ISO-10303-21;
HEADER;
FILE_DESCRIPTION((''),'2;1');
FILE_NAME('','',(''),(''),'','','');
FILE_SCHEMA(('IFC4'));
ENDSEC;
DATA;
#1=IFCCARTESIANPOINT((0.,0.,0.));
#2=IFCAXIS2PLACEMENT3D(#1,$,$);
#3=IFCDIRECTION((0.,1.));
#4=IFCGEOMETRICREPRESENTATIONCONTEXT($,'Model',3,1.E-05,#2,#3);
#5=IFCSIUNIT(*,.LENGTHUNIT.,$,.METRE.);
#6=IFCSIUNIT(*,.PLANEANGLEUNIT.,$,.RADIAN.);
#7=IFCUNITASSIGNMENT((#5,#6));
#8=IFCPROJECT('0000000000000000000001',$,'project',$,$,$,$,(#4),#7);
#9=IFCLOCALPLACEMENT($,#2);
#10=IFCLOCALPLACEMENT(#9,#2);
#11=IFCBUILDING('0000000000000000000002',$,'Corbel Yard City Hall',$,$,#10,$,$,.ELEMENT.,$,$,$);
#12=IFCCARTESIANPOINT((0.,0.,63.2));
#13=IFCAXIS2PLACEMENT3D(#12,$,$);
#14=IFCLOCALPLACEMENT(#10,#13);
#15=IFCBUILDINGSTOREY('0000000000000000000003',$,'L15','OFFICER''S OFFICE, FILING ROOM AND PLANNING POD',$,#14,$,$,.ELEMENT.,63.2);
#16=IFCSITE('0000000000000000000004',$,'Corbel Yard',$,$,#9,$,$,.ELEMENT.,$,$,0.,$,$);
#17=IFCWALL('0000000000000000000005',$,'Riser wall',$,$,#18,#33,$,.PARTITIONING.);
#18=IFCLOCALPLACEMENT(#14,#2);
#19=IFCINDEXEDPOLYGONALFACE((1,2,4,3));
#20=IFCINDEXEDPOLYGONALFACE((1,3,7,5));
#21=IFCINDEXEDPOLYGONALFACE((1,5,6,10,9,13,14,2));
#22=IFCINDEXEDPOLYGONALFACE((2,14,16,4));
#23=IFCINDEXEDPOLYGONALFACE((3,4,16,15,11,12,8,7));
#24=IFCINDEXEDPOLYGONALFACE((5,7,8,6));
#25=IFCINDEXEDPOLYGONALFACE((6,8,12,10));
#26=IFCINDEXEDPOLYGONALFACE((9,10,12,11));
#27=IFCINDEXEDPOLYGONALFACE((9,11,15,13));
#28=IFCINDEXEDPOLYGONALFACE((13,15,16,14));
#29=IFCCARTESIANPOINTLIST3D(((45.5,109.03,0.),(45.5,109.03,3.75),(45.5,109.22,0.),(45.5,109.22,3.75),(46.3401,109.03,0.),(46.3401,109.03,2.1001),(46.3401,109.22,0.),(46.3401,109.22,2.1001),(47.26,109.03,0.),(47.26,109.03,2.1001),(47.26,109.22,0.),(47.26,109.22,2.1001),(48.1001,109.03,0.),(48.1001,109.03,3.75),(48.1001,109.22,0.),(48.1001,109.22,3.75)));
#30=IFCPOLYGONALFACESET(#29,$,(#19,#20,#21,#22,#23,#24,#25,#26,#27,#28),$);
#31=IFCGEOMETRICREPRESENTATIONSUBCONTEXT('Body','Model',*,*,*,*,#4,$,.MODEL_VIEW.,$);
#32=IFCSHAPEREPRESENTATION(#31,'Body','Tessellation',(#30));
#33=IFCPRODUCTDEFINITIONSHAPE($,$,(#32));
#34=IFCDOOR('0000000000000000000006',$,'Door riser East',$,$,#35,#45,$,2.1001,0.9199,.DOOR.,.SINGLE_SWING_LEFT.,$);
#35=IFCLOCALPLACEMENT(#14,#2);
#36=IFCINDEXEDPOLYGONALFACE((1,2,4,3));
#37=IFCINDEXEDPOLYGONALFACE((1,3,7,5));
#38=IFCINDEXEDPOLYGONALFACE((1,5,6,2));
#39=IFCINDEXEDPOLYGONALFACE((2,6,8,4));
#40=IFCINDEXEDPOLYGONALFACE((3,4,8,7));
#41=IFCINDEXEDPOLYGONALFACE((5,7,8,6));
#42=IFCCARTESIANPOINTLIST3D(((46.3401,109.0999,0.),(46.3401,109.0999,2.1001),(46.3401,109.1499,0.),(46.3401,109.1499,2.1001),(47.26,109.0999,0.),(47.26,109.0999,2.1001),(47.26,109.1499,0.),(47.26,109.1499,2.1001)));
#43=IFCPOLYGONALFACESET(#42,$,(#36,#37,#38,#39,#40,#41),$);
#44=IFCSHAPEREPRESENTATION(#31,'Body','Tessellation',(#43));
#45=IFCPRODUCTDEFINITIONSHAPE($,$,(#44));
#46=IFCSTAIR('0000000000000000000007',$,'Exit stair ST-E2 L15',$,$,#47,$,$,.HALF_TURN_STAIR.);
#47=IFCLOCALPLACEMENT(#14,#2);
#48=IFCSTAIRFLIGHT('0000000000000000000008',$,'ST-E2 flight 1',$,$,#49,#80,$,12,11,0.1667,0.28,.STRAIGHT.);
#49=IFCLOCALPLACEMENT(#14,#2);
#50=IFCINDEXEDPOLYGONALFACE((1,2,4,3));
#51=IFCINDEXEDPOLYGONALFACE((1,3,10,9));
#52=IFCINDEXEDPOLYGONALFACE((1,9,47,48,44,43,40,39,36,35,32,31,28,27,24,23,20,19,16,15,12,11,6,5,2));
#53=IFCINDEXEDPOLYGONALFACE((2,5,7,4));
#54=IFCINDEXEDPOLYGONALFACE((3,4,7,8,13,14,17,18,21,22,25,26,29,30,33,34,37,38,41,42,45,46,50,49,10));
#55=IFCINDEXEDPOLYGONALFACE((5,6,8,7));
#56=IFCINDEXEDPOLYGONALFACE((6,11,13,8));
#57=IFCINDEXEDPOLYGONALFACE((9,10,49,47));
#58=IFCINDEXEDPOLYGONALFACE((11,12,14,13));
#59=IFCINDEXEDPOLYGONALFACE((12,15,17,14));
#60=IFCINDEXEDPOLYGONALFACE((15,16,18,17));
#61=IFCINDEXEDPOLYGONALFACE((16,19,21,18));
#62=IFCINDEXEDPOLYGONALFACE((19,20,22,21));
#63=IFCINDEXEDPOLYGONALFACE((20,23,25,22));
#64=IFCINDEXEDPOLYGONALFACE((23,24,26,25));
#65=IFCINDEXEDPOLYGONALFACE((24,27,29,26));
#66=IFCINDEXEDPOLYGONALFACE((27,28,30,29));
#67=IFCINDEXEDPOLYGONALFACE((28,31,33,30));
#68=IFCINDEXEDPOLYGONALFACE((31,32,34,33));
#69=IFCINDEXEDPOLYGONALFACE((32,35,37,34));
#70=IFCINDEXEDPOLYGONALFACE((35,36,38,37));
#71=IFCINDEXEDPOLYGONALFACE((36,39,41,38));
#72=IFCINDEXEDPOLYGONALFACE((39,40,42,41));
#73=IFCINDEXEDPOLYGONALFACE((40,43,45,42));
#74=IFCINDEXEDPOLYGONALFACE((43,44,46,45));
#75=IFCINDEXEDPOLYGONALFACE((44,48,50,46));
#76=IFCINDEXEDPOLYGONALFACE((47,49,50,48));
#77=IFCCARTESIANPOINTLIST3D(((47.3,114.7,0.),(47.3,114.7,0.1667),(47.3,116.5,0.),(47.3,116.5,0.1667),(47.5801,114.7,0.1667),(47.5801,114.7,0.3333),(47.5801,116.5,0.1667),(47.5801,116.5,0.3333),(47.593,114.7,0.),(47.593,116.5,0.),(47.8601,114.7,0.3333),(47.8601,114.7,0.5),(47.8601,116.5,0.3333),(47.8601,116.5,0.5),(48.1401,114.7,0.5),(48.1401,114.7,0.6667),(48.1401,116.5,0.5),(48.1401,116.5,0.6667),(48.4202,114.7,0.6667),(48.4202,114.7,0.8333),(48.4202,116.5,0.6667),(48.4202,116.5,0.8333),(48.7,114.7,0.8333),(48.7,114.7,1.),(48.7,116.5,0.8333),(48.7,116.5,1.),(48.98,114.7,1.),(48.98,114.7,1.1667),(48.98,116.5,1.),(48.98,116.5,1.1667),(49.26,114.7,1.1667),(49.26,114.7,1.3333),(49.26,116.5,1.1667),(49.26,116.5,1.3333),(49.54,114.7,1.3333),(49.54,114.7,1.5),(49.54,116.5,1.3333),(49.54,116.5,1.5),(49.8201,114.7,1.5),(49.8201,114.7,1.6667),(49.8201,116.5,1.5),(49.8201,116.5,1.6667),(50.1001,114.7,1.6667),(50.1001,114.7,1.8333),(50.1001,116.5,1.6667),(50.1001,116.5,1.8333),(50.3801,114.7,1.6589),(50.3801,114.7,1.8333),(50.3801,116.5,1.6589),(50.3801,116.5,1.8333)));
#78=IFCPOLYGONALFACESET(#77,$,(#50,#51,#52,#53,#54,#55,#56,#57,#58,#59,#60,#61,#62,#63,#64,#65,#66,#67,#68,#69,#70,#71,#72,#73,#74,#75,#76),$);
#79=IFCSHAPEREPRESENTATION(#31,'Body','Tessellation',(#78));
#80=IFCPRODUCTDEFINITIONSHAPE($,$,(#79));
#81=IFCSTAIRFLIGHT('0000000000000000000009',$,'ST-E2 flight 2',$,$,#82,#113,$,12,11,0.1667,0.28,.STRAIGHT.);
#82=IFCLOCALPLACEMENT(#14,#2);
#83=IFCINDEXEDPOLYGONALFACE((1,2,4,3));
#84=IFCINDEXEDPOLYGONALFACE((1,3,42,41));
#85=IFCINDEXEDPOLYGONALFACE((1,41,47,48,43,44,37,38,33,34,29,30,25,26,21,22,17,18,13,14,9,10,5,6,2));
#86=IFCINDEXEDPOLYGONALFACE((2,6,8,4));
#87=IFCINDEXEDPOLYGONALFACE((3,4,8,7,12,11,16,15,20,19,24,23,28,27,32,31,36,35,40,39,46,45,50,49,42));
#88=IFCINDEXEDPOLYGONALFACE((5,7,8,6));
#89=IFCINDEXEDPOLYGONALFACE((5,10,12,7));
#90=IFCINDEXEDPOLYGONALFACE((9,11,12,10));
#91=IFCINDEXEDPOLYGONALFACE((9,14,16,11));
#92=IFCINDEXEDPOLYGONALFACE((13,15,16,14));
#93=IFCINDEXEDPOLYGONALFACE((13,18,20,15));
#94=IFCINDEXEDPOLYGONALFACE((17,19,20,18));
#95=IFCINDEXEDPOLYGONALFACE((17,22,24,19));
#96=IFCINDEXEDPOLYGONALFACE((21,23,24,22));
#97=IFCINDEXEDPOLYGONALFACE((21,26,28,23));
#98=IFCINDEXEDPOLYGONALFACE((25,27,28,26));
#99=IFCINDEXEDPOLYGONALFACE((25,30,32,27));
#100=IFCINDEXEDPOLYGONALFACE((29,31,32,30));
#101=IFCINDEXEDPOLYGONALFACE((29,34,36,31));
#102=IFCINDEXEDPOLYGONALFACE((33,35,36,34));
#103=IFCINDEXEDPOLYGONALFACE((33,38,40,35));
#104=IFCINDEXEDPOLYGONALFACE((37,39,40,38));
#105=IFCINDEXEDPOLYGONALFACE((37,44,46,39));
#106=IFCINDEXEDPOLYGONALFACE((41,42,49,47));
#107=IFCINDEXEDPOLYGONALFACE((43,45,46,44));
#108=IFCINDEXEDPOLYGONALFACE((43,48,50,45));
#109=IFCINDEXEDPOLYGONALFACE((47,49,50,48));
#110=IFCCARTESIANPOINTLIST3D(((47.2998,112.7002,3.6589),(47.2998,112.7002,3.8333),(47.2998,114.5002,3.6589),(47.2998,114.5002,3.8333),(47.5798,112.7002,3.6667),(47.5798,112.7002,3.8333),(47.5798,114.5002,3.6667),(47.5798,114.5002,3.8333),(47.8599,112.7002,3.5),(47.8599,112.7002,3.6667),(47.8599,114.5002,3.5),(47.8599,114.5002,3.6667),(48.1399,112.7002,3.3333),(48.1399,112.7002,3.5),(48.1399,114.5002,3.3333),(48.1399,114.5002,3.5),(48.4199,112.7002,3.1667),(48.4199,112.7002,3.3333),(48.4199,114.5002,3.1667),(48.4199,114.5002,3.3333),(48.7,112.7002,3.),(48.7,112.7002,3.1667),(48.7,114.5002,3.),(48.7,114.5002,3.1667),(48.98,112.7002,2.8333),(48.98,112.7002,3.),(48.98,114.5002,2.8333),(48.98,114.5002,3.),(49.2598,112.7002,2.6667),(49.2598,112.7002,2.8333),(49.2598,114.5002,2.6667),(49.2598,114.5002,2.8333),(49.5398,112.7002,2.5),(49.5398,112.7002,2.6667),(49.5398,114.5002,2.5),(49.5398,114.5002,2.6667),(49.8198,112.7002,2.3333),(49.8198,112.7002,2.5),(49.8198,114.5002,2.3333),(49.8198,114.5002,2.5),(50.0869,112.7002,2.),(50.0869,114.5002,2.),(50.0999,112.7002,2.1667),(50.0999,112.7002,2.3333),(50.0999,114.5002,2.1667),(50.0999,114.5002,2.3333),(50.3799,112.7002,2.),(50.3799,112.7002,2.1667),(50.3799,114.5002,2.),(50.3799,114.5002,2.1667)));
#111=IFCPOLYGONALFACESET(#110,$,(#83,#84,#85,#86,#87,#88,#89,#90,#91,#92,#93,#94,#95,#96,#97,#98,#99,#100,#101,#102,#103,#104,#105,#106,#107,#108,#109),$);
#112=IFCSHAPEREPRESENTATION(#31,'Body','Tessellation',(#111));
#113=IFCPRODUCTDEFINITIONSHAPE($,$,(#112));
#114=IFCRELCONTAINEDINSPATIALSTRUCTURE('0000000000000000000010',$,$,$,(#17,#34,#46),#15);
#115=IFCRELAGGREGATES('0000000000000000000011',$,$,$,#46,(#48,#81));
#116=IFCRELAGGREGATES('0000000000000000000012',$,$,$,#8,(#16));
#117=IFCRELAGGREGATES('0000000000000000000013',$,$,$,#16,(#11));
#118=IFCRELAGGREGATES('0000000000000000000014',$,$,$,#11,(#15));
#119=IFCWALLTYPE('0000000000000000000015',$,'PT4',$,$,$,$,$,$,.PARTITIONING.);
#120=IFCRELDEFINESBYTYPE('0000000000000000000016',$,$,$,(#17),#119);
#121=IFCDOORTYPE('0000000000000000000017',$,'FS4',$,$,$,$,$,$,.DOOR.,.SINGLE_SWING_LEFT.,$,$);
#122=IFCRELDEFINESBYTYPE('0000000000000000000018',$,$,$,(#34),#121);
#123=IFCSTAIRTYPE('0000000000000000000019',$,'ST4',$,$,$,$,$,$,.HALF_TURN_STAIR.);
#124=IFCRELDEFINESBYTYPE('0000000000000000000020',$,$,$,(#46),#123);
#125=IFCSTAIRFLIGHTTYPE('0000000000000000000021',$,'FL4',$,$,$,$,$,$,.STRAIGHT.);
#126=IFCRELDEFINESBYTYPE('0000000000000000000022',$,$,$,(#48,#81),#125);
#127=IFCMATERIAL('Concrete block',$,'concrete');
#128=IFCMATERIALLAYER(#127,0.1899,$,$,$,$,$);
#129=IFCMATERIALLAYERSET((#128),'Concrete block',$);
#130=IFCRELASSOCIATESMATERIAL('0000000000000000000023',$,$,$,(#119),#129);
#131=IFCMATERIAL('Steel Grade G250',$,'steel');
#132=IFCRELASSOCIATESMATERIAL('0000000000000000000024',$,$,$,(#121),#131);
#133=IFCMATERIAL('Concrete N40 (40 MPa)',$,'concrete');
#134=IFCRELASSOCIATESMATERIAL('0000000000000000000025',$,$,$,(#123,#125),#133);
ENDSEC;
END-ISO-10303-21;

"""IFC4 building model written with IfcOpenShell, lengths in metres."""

from ifc_helpers import new_model, si_unit, direction, frame, frame_2d, origin, place, context, subcontext, project, spatial, polyline, rectangle, outline, extrude, material, layer, layer_set, type_object, element, fill, aggregate, save


model = new_model("IFC4")

# Units and contexts
model_context = context("Model", 3, precision=1e-05, world=origin(), true_north=direction((0.0, 1.0)))
body_context = subcontext(model_context, "Body", "Model", "MODEL_VIEW")
ifc_project = project(units=[si_unit("LENGTHUNIT", "METRE"), si_unit("PLANEANGLEUNIT", "RADIAN")], contexts=[model_context])

# Site, building, storey
site_placement = place(None, origin())
site = spatial("IfcSite", under=ifc_project, at=site_placement, Name="Corbel Yard", CompositionType="ELEMENT", RefElevation=0.0)
building_placement = place(site_placement, origin())
building = spatial("IfcBuilding", under=site, at=building_placement, Name="Corbel Yard City Hall", CompositionType="ELEMENT")
storey_placement = place(building_placement, frame((0.0, 0.0, 63.2)))
storey = spatial("IfcBuildingStorey", under=building, at=storey_placement, Name="L15", Description="OFFICER'S OFFICE, FILING ROOM AND PLANNING POD", CompositionType="ELEMENT", Elevation=63.2)

# Shared definitions
ifc_material_1 = material(Name="Concrete N40 (40 MPa)", Category="concrete")

# Wall, opening, door
ifc_material_2 = material(Name="Steel Grade G250", Category="steel")
ifc_material_3 = material(Name="Concrete block", Category="concrete")
ifc_layer_1 = layer(ifc_material_3, 0.1899)
ifc_layer_set_1 = layer_set([ifc_layer_1], Name="Concrete block")
wall_type_1 = type_object("IfcWallType", Name="PT4", PredefinedType="PARTITIONING", material=ifc_layer_set_1)
wall_1_placement = place(storey_placement, frame((45.5, 109.125, 0.0), z_axis=(0.0, 0.0, 1.0), x_axis=(1.0, 0.0, 0.0)))
wall_1 = element("IfcWall", 1, at=wall_1_placement, inside=storey, type_object=wall_type_1, Name="Riser wall", PredefinedType="PARTITIONING", context=body_context, shape_type="SweptSolid", body=[
    extrude(rectangle(XDim=2.6001, YDim=0.1899, at=frame_2d((1.3, 0.0))), origin(), (0.0, 0.0, 1.0), 3.75),
])
opening_1_placement = place(wall_1_placement, frame((0.8401, 0.0, 0.0)))
opening_1 = element("IfcOpeningElement", 2, at=opening_1_placement, cuts=wall_1, PredefinedType="OPENING", context=body_context, shape_type="SweptSolid", body=[
    extrude(rectangle(XDim=0.9199, YDim=2.1001, at=frame_2d((0.46, 1.05))), frame((0.0, 0.105, 0.0), z_axis=(0.0, -1.0, 0.0), x_axis=(1.0, 0.0, 0.0)), (0.0, 0.0, 1.0), 0.21),
])
door_type_1 = type_object("IfcDoorType", Name="FS4", OperationType="SINGLE_SWING_LEFT", PredefinedType="DOOR", material=ifc_material_2)
door_1_placement = place(opening_1_placement, origin())
door_1 = element("IfcDoor", 3, at=door_1_placement, inside=storey, type_object=door_type_1, Name="Door riser East", OperationType="SINGLE_SWING_LEFT", OverallHeight=2.1001, OverallWidth=0.9199, PredefinedType="DOOR", context=body_context, shape_type="SweptSolid", body=[
    extrude(rectangle(XDim=0.9199, YDim=2.1001, at=frame_2d((0.46, 1.05))), frame((0.0, 0.0249, 0.0), z_axis=(0.0, -1.0, 0.0), x_axis=(1.0, 0.0, 0.0)), (0.0, 0.0, 1.0), 0.05),
])
fill(opening_1, door_1)

# Stair, stair flights
stair_type = type_object("IfcStairType", Name="ST4", PredefinedType="HALF_TURN_STAIR", material=ifc_material_1)
stair_placement = place(storey_placement, origin())
stair = element("IfcStair", 4, at=stair_placement, inside=storey, type_object=stair_type, Name="Exit stair ST-E2 L15", PredefinedType="HALF_TURN_STAIR")
stair_flight_type = type_object("IfcStairFlightType", Name="FL4", PredefinedType="STRAIGHT", material=ifc_material_1)
stair_flight_1_placement = place(storey_placement, frame((47.3, 115.6001, 0.0), z_axis=(0.0, 0.0, 1.0), x_axis=(1.0, 0.0, 0.0)))
stair_flight_1 = element("IfcStairFlight", 5, at=stair_flight_1_placement, type_object=stair_flight_type, Name="ST-E2 flight 1", NumberOfRisers=12, NumberOfTreads=11, PredefinedType="STRAIGHT", RiserHeight=0.1667, TreadLength=0.28, context=body_context, shape_type="SweptSolid", body=[
    extrude(outline(polyline([(0.0, 0.0), (0.0, 0.1667), (0.28, 0.1667), (0.28, 0.3333), (0.5601, 0.3333), (0.5601, 0.5), (0.8401, 0.5), (0.8401, 0.6667), (1.1201, 0.6667), (1.1201, 0.8333), (1.3999, 0.8333), (1.3999, 1.0), (1.6799, 1.0), (1.6799, 1.1667), (1.96, 1.1667), (1.96, 1.3333), (2.24, 1.3333), (2.24, 1.5), (2.52, 1.5), (2.52, 1.6667), (2.8, 1.6667), (2.8, 1.8333), (3.0801, 1.8333), (3.0801, 2.0), (3.0801, 1.6589), (0.293, 0.0), (0.0, 0.0)])), frame((0.0, 0.8999, 0.0), z_axis=(0.0, -1.0, 0.0), x_axis=(1.0, 0.0, 0.0)), (0.0, 0.0, 1.0), 1.8),
])
stair_flight_2_placement = place(storey_placement, frame((50.3799, 113.6001, 2.0), z_axis=(0.0, 0.0, 1.0), x_axis=(-1.0, 0.0, 0.0)))
stair_flight_2 = element("IfcStairFlight", 6, at=stair_flight_2_placement, type_object=stair_flight_type, Name="ST-E2 flight 2", NumberOfRisers=12, NumberOfTreads=11, PredefinedType="STRAIGHT", RiserHeight=0.1667, TreadLength=0.28, context=body_context, shape_type="SweptSolid", body=[
    extrude(outline(polyline([(0.0, 0.0), (0.0, 0.1667), (0.28, 0.1667), (0.28, 0.3333), (0.5601, 0.3333), (0.5601, 0.5), (0.8401, 0.5), (0.8401, 0.6667), (1.1201, 0.6667), (1.1201, 0.8333), (1.3999, 0.8333), (1.3999, 1.0), (1.6799, 1.0), (1.6799, 1.1667), (1.96, 1.1667), (1.96, 1.3333), (2.24, 1.3333), (2.24, 1.5), (2.52, 1.5), (2.52, 1.6667), (2.8, 1.6667), (2.8, 1.8333), (3.0801, 1.8333), (3.0801, 2.0), (3.0801, 1.6589), (0.293, 0.0), (0.0, 0.0)])), frame((0.0, 0.8999, 0.0), z_axis=(0.0, -1.0, 0.0), x_axis=(1.0, 0.0, 0.0)), (0.0, 0.0, 1.0), 1.8),
])
aggregate(stair, [stair_flight_1, stair_flight_2])

save(model, "model.ifc")
